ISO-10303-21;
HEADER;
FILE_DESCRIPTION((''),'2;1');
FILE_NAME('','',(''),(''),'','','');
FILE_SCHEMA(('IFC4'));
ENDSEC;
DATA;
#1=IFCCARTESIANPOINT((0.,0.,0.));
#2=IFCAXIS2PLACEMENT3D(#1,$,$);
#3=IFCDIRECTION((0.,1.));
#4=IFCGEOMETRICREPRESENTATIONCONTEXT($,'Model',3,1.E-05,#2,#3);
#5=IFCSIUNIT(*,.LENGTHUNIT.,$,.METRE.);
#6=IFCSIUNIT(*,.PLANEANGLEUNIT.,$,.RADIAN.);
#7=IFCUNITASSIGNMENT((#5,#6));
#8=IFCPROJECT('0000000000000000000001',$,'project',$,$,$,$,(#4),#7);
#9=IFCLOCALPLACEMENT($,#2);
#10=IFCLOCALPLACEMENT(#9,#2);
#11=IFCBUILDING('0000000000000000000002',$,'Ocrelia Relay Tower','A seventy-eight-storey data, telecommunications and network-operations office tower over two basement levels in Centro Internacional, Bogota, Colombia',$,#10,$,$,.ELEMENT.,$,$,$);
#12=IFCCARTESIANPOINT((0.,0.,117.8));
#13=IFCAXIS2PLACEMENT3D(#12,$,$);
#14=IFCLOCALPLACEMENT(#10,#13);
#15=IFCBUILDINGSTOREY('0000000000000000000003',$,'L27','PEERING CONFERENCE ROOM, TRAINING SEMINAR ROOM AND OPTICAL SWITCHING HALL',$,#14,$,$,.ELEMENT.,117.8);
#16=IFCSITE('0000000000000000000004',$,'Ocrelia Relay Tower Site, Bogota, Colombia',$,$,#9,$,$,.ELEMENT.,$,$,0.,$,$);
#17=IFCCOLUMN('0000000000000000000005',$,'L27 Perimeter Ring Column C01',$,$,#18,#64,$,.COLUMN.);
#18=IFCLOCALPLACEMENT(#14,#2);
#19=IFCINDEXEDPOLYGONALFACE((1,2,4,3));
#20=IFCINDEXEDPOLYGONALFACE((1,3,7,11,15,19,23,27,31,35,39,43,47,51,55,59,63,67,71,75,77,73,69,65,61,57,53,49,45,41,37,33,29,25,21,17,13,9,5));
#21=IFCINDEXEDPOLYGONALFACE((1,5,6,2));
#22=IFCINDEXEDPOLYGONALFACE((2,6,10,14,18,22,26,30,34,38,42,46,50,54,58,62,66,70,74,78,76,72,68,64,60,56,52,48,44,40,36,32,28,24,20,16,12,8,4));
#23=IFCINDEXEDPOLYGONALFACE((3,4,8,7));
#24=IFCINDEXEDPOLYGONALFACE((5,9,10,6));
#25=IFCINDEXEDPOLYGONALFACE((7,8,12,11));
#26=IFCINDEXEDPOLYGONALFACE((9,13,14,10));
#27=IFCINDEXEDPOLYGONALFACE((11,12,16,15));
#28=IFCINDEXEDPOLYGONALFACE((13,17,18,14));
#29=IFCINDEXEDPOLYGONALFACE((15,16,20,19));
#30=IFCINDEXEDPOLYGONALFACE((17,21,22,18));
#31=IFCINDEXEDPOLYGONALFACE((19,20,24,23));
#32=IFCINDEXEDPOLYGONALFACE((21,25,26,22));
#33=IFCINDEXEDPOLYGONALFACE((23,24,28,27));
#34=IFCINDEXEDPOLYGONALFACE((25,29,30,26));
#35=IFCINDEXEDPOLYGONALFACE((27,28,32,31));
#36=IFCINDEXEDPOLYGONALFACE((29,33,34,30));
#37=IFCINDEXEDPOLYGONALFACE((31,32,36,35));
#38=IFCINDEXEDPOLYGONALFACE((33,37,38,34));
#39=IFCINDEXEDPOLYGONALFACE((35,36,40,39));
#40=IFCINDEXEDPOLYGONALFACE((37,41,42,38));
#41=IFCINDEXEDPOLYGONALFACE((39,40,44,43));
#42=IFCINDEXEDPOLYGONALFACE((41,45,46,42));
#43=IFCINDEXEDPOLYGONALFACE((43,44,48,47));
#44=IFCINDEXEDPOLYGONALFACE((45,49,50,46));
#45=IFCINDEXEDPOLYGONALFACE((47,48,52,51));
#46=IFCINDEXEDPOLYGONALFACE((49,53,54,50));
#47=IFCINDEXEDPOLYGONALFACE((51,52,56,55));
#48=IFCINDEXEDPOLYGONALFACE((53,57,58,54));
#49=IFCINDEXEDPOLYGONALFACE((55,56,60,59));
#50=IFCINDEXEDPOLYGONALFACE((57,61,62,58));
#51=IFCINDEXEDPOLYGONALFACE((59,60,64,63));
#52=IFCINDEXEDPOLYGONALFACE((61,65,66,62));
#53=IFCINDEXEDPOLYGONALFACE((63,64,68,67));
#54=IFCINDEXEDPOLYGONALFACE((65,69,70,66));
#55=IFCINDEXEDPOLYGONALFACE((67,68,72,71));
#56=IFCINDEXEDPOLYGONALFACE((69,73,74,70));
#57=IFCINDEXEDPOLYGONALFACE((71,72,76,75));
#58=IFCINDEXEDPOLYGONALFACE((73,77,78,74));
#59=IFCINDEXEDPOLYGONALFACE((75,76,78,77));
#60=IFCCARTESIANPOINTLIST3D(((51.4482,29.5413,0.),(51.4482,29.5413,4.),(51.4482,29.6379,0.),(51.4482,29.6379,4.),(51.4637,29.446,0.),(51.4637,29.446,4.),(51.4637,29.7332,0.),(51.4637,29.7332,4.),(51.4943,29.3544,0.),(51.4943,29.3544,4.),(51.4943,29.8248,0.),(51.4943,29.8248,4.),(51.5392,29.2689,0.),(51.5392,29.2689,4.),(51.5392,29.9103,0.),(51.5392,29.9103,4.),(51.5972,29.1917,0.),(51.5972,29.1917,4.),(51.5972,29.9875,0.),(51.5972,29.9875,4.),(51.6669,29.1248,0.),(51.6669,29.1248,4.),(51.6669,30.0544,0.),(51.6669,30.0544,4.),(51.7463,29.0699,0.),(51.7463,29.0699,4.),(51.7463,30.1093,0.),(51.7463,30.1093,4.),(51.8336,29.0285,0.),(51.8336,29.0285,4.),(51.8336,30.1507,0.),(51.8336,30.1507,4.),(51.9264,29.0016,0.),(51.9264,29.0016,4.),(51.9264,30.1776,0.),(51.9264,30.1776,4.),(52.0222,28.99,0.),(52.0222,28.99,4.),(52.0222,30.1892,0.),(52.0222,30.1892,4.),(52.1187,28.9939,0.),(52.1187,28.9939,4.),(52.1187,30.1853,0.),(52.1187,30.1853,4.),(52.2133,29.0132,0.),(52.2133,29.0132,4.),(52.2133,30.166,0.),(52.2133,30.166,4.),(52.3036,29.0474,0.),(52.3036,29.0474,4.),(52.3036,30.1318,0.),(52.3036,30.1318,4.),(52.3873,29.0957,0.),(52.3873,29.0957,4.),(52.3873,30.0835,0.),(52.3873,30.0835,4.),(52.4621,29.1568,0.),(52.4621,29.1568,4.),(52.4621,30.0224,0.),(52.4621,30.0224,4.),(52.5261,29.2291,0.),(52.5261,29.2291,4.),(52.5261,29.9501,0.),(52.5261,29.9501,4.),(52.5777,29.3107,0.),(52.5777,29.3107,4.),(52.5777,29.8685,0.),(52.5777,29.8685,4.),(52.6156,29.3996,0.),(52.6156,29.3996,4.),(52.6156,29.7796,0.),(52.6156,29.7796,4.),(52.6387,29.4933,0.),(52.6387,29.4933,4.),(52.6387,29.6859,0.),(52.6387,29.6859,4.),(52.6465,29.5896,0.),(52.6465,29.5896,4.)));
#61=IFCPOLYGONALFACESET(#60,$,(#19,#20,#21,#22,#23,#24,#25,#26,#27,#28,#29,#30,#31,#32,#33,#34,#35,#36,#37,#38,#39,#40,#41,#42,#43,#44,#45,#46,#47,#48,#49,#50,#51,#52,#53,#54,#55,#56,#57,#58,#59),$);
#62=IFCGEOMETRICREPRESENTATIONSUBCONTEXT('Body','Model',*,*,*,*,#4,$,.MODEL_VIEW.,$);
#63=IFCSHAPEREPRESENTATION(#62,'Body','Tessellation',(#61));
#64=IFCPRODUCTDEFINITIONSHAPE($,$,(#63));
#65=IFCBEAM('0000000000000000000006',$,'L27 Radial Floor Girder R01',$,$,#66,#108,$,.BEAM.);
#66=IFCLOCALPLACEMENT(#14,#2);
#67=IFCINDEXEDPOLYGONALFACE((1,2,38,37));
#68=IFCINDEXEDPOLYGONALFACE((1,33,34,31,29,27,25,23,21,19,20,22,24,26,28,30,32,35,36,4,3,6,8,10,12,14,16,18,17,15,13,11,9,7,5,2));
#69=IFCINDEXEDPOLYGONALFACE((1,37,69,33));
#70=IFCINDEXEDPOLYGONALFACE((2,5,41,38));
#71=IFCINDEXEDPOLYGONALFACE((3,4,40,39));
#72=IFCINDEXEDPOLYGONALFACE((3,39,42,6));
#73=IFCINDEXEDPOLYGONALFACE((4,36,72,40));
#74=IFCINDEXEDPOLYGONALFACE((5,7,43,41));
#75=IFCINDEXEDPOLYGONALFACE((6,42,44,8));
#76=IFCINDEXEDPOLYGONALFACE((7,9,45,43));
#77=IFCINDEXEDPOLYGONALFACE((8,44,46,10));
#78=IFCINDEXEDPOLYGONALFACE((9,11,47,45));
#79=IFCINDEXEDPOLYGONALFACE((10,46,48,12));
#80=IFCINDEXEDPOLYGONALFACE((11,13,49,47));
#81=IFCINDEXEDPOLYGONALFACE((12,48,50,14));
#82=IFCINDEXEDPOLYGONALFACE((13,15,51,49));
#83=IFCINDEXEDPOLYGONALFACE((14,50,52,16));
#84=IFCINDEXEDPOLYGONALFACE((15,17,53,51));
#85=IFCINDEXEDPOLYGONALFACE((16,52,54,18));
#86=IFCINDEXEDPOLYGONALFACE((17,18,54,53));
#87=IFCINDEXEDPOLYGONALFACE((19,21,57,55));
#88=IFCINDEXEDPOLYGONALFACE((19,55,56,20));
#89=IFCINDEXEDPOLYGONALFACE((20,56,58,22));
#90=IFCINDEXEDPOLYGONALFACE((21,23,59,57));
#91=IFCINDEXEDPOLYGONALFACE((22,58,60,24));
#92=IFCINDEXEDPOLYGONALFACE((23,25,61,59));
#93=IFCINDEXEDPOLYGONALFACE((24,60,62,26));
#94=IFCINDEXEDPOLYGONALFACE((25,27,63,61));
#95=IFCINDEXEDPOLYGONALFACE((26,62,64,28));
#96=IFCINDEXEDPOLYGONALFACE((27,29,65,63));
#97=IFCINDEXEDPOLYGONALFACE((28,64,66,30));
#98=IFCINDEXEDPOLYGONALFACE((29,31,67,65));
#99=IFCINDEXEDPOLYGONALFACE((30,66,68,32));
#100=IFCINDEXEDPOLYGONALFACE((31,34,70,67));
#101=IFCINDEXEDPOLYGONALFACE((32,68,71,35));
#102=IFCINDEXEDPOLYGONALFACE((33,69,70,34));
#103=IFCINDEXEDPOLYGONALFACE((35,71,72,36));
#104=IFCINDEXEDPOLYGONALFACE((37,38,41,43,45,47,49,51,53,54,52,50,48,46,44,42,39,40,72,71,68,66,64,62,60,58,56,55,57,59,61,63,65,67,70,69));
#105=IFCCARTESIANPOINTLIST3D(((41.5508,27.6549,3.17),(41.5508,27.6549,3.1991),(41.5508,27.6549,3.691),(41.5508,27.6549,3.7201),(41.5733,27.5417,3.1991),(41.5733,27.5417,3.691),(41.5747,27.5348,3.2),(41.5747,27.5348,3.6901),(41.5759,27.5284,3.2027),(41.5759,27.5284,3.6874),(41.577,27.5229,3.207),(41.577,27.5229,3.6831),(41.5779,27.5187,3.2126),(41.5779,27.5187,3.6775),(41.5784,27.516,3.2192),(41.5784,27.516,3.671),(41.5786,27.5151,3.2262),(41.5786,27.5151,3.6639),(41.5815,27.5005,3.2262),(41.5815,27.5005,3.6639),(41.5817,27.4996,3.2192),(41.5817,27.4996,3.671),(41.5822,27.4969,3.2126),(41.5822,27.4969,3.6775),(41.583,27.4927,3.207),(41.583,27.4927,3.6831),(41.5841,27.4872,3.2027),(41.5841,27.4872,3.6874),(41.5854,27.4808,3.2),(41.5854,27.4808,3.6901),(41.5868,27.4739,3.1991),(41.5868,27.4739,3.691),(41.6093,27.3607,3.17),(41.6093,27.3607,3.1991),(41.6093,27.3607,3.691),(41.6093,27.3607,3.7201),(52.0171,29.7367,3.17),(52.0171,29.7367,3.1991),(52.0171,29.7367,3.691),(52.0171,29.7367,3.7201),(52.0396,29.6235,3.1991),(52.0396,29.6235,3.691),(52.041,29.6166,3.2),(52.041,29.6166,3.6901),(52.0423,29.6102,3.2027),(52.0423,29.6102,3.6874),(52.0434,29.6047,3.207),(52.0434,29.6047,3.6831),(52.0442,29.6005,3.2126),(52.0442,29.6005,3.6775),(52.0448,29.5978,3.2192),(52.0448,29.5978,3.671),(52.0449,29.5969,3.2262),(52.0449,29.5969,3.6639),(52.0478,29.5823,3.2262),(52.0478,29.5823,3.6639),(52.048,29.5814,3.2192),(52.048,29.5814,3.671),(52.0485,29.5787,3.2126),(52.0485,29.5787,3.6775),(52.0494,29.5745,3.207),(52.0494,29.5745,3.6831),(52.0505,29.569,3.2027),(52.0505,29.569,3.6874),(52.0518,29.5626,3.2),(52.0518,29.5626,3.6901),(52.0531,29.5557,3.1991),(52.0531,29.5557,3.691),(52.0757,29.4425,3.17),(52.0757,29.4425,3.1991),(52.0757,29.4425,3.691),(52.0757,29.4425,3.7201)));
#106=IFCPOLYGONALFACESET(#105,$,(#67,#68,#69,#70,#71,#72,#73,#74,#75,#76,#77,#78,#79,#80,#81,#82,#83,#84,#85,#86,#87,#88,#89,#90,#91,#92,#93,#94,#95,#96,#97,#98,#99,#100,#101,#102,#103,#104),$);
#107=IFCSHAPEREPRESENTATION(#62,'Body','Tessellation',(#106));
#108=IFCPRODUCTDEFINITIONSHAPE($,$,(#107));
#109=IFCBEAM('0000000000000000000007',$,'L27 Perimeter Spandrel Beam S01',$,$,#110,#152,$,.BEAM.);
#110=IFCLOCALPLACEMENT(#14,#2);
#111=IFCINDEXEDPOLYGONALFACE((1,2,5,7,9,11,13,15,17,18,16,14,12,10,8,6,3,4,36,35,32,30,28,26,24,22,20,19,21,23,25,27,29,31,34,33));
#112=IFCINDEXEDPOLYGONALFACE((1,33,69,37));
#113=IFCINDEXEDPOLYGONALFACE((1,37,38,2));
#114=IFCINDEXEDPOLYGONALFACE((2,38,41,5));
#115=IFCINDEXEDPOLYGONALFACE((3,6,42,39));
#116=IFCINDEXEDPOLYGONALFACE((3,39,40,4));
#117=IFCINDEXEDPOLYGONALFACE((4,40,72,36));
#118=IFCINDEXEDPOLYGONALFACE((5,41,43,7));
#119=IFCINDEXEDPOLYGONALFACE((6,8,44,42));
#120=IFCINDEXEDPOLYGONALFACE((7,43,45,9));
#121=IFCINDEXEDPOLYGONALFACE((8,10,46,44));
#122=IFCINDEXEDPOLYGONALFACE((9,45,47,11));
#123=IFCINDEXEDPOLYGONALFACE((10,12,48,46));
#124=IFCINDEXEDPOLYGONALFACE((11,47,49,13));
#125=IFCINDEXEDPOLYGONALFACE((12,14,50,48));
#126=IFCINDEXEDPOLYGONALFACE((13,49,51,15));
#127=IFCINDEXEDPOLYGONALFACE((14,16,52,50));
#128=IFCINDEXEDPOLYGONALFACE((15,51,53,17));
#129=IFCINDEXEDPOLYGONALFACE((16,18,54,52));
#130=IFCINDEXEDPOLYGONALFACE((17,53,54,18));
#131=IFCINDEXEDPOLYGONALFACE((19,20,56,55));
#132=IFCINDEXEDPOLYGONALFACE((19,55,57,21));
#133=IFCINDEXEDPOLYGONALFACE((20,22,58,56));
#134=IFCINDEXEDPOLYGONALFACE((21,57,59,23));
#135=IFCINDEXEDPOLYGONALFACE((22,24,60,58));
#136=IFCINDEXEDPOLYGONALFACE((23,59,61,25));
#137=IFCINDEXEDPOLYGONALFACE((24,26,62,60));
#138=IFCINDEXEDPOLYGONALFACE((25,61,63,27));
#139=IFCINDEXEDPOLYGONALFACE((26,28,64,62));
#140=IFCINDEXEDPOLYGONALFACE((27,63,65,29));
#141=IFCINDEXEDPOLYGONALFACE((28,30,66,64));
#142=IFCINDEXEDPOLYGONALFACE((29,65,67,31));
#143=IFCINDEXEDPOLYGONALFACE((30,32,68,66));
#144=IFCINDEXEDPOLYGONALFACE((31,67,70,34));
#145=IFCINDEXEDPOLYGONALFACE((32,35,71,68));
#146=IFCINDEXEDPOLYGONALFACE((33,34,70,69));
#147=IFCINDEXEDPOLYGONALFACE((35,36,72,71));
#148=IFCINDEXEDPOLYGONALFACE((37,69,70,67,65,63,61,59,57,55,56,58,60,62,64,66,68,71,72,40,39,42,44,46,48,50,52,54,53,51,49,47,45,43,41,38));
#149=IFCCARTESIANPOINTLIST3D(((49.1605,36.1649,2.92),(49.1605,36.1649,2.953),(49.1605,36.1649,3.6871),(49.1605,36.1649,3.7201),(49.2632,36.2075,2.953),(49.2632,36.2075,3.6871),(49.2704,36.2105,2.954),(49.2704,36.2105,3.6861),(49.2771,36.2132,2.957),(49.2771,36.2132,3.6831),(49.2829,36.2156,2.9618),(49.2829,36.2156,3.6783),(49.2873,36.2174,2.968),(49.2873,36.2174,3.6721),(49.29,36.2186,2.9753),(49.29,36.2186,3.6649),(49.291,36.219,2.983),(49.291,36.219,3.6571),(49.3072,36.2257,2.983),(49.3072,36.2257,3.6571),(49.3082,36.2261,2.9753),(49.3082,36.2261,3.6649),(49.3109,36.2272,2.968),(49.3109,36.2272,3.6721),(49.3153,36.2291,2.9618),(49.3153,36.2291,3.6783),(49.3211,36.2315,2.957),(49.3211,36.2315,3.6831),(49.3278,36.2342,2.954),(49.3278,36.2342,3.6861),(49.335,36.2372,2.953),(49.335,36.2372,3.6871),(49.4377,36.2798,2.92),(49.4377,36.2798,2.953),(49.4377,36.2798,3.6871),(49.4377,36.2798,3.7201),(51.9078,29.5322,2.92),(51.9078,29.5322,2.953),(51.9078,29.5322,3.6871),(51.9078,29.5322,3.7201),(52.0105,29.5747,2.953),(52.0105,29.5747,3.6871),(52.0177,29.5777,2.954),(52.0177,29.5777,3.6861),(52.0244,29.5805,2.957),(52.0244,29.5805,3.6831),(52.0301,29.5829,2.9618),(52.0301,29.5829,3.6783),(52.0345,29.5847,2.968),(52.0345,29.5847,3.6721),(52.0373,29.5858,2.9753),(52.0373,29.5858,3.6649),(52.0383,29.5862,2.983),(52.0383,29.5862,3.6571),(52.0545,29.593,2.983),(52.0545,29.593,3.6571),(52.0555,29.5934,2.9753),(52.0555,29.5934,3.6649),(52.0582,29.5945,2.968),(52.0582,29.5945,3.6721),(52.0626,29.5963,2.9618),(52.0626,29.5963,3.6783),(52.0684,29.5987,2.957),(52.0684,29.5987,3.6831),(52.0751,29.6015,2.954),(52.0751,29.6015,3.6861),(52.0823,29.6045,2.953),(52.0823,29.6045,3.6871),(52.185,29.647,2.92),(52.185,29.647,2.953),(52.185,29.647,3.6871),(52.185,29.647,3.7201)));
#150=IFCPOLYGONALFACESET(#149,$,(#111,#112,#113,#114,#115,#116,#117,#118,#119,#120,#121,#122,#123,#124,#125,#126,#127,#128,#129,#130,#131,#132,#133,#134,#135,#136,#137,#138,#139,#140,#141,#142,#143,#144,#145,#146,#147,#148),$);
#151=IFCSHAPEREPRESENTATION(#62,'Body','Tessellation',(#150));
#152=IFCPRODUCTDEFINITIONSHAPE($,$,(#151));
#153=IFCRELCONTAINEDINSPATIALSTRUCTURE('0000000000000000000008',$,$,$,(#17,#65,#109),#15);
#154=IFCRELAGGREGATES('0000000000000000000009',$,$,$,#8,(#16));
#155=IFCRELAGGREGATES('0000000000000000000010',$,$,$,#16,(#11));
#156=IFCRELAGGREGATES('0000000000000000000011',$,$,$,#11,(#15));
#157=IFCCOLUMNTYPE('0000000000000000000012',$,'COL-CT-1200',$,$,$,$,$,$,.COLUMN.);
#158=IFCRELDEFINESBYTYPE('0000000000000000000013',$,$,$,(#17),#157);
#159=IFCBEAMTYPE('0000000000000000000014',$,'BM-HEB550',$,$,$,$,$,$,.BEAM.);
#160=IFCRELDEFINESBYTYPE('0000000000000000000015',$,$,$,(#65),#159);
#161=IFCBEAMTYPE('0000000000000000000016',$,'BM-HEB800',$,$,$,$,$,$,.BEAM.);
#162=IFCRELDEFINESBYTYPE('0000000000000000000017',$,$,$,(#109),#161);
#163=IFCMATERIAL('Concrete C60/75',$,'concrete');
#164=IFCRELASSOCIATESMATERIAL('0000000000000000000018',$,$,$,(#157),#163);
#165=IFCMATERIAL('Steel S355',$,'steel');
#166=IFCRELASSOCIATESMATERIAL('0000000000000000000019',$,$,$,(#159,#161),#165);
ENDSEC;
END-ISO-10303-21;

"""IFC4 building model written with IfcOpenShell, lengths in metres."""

from ifc_helpers import new_model, si_unit, direction, frame, origin, origin_2d, place, context, subcontext, project, spatial, circle, i_section, extrude, material, material_profile, profile_set, type_object, element, save


model = new_model("IFC4")

# Units and contexts
model_context = context("Model", 3, precision=1e-05, world=origin(), true_north=direction((0.0, 1.0)))
body_context = subcontext(model_context, "Body", "Model", "MODEL_VIEW")
ifc_project = project(units=[si_unit("LENGTHUNIT", "METRE"), si_unit("PLANEANGLEUNIT", "RADIAN")], contexts=[model_context])

# Site, building, storey
site_placement = place(None, origin())
site = spatial("IfcSite", under=ifc_project, at=site_placement, Name="Ocrelia Relay Tower Site, Bogota, Colombia", CompositionType="ELEMENT", RefElevation=0.0)
building_placement = place(site_placement, origin())
building = spatial("IfcBuilding", under=site, at=building_placement, Name="Ocrelia Relay Tower", Description="A seventy-eight-storey data, telecommunications and network-operations office tower over two basement levels in Centro Internacional, Bogota, Colombia", CompositionType="ELEMENT")
storey_placement = place(building_placement, frame((0.0, 0.0, 117.8)))
storey = spatial("IfcBuildingStorey", under=building, at=storey_placement, Name="L27", Description="PEERING CONFERENCE ROOM, TRAINING SEMINAR ROOM AND OPTICAL SWITCHING HALL", CompositionType="ELEMENT", Elevation=117.8)

# Column
ifc_material_1 = material(Name="Concrete C60/75", Category="concrete")
ifc_material_profile_1 = material_profile(ifc_material_1, circle(Radius=0.6001, at=origin_2d()), Name="RC-CIR-1200")
ifc_profile_set_1 = profile_set([ifc_material_profile_1], Name="Concrete C60/75")
column_type = type_object("IfcColumnType", Name="COL-CT-1200", PredefinedType="COLUMN", material=ifc_profile_set_1)
column_placement = place(storey_placement, frame((52.0464, 29.5896, 0.0), z_axis=(0.0, 0.0, 1.0), x_axis=(1.0, 0.0, 0.0)))
element("IfcColumn", 1, at=column_placement, inside=storey, type_object=column_type, Name="L27 Perimeter Ring Column C01", PredefinedType="COLUMN", context=body_context, shape_type="SweptSolid", body=[
    extrude(circle(Radius=0.6001, at=origin_2d()), origin(), (0.0, 0.0, 1.0), 4.0),
])

# Beams
ifc_material_2 = material(Name="Steel S355", Category="steel")
ifc_material_profile_2 = material_profile(ifc_material_2, i_section(OverallWidth=0.3, OverallDepth=0.55, WebThickness=0.0149, FlangeThickness=0.0291, FilletRadius=0.0271, at=origin_2d()), Name="HEB 550")
ifc_profile_set_2 = profile_set([ifc_material_profile_2], Name="Steel S355")
beam_type_1 = type_object("IfcBeamType", Name="BM-HEB550", PredefinedType="BEAM", material=ifc_profile_set_2)
beam_1_placement = place(storey_placement, frame((52.0464, 29.5896, 3.4451), z_axis=(-0.980787, -0.195082, 0.0), x_axis=(0.195082, -0.980787, 0.0)))
element("IfcBeam", 2, at=beam_1_placement, inside=storey, type_object=beam_type_1, Name="L27 Radial Floor Girder R01", PredefinedType="BEAM", context=body_context, shape_type="SweptSolid", body=[
    extrude(i_section(OverallWidth=0.3, OverallDepth=0.55, WebThickness=0.0149, FlangeThickness=0.0291, FilletRadius=0.0271, at=origin_2d()), origin(), (0.0, 0.0, 1.0), 10.6714),
])
ifc_material_profile_3 = material_profile(ifc_material_2, i_section(OverallWidth=0.3, OverallDepth=0.8, WebThickness=0.0176, FlangeThickness=0.033, FilletRadius=0.03, at=origin_2d()), Name="HEB 800")
ifc_profile_set_3 = profile_set([ifc_material_profile_3], Name="Steel S355")
beam_type_2 = type_object("IfcBeamType", Name="BM-HEB800", PredefinedType="BEAM", material=ifc_profile_set_3)
beam_2_placement = place(storey_placement, frame((52.0464, 29.5896, 3.3201), z_axis=(-0.382673, 0.923884, 0.0), x_axis=(-0.923884, -0.382673, 0.0)))
element("IfcBeam", 3, at=beam_2_placement, inside=storey, type_object=beam_type_2, Name="L27 Perimeter Spandrel Beam S01", PredefinedType="BEAM", context=body_context, shape_type="SweptSolid", body=[
    extrude(i_section(OverallWidth=0.3, OverallDepth=0.8, WebThickness=0.0176, FlangeThickness=0.033, FilletRadius=0.03, at=origin_2d()), origin(), (0.0, 0.0, 1.0), 7.1792),
])

save(model, "model.ifc")
